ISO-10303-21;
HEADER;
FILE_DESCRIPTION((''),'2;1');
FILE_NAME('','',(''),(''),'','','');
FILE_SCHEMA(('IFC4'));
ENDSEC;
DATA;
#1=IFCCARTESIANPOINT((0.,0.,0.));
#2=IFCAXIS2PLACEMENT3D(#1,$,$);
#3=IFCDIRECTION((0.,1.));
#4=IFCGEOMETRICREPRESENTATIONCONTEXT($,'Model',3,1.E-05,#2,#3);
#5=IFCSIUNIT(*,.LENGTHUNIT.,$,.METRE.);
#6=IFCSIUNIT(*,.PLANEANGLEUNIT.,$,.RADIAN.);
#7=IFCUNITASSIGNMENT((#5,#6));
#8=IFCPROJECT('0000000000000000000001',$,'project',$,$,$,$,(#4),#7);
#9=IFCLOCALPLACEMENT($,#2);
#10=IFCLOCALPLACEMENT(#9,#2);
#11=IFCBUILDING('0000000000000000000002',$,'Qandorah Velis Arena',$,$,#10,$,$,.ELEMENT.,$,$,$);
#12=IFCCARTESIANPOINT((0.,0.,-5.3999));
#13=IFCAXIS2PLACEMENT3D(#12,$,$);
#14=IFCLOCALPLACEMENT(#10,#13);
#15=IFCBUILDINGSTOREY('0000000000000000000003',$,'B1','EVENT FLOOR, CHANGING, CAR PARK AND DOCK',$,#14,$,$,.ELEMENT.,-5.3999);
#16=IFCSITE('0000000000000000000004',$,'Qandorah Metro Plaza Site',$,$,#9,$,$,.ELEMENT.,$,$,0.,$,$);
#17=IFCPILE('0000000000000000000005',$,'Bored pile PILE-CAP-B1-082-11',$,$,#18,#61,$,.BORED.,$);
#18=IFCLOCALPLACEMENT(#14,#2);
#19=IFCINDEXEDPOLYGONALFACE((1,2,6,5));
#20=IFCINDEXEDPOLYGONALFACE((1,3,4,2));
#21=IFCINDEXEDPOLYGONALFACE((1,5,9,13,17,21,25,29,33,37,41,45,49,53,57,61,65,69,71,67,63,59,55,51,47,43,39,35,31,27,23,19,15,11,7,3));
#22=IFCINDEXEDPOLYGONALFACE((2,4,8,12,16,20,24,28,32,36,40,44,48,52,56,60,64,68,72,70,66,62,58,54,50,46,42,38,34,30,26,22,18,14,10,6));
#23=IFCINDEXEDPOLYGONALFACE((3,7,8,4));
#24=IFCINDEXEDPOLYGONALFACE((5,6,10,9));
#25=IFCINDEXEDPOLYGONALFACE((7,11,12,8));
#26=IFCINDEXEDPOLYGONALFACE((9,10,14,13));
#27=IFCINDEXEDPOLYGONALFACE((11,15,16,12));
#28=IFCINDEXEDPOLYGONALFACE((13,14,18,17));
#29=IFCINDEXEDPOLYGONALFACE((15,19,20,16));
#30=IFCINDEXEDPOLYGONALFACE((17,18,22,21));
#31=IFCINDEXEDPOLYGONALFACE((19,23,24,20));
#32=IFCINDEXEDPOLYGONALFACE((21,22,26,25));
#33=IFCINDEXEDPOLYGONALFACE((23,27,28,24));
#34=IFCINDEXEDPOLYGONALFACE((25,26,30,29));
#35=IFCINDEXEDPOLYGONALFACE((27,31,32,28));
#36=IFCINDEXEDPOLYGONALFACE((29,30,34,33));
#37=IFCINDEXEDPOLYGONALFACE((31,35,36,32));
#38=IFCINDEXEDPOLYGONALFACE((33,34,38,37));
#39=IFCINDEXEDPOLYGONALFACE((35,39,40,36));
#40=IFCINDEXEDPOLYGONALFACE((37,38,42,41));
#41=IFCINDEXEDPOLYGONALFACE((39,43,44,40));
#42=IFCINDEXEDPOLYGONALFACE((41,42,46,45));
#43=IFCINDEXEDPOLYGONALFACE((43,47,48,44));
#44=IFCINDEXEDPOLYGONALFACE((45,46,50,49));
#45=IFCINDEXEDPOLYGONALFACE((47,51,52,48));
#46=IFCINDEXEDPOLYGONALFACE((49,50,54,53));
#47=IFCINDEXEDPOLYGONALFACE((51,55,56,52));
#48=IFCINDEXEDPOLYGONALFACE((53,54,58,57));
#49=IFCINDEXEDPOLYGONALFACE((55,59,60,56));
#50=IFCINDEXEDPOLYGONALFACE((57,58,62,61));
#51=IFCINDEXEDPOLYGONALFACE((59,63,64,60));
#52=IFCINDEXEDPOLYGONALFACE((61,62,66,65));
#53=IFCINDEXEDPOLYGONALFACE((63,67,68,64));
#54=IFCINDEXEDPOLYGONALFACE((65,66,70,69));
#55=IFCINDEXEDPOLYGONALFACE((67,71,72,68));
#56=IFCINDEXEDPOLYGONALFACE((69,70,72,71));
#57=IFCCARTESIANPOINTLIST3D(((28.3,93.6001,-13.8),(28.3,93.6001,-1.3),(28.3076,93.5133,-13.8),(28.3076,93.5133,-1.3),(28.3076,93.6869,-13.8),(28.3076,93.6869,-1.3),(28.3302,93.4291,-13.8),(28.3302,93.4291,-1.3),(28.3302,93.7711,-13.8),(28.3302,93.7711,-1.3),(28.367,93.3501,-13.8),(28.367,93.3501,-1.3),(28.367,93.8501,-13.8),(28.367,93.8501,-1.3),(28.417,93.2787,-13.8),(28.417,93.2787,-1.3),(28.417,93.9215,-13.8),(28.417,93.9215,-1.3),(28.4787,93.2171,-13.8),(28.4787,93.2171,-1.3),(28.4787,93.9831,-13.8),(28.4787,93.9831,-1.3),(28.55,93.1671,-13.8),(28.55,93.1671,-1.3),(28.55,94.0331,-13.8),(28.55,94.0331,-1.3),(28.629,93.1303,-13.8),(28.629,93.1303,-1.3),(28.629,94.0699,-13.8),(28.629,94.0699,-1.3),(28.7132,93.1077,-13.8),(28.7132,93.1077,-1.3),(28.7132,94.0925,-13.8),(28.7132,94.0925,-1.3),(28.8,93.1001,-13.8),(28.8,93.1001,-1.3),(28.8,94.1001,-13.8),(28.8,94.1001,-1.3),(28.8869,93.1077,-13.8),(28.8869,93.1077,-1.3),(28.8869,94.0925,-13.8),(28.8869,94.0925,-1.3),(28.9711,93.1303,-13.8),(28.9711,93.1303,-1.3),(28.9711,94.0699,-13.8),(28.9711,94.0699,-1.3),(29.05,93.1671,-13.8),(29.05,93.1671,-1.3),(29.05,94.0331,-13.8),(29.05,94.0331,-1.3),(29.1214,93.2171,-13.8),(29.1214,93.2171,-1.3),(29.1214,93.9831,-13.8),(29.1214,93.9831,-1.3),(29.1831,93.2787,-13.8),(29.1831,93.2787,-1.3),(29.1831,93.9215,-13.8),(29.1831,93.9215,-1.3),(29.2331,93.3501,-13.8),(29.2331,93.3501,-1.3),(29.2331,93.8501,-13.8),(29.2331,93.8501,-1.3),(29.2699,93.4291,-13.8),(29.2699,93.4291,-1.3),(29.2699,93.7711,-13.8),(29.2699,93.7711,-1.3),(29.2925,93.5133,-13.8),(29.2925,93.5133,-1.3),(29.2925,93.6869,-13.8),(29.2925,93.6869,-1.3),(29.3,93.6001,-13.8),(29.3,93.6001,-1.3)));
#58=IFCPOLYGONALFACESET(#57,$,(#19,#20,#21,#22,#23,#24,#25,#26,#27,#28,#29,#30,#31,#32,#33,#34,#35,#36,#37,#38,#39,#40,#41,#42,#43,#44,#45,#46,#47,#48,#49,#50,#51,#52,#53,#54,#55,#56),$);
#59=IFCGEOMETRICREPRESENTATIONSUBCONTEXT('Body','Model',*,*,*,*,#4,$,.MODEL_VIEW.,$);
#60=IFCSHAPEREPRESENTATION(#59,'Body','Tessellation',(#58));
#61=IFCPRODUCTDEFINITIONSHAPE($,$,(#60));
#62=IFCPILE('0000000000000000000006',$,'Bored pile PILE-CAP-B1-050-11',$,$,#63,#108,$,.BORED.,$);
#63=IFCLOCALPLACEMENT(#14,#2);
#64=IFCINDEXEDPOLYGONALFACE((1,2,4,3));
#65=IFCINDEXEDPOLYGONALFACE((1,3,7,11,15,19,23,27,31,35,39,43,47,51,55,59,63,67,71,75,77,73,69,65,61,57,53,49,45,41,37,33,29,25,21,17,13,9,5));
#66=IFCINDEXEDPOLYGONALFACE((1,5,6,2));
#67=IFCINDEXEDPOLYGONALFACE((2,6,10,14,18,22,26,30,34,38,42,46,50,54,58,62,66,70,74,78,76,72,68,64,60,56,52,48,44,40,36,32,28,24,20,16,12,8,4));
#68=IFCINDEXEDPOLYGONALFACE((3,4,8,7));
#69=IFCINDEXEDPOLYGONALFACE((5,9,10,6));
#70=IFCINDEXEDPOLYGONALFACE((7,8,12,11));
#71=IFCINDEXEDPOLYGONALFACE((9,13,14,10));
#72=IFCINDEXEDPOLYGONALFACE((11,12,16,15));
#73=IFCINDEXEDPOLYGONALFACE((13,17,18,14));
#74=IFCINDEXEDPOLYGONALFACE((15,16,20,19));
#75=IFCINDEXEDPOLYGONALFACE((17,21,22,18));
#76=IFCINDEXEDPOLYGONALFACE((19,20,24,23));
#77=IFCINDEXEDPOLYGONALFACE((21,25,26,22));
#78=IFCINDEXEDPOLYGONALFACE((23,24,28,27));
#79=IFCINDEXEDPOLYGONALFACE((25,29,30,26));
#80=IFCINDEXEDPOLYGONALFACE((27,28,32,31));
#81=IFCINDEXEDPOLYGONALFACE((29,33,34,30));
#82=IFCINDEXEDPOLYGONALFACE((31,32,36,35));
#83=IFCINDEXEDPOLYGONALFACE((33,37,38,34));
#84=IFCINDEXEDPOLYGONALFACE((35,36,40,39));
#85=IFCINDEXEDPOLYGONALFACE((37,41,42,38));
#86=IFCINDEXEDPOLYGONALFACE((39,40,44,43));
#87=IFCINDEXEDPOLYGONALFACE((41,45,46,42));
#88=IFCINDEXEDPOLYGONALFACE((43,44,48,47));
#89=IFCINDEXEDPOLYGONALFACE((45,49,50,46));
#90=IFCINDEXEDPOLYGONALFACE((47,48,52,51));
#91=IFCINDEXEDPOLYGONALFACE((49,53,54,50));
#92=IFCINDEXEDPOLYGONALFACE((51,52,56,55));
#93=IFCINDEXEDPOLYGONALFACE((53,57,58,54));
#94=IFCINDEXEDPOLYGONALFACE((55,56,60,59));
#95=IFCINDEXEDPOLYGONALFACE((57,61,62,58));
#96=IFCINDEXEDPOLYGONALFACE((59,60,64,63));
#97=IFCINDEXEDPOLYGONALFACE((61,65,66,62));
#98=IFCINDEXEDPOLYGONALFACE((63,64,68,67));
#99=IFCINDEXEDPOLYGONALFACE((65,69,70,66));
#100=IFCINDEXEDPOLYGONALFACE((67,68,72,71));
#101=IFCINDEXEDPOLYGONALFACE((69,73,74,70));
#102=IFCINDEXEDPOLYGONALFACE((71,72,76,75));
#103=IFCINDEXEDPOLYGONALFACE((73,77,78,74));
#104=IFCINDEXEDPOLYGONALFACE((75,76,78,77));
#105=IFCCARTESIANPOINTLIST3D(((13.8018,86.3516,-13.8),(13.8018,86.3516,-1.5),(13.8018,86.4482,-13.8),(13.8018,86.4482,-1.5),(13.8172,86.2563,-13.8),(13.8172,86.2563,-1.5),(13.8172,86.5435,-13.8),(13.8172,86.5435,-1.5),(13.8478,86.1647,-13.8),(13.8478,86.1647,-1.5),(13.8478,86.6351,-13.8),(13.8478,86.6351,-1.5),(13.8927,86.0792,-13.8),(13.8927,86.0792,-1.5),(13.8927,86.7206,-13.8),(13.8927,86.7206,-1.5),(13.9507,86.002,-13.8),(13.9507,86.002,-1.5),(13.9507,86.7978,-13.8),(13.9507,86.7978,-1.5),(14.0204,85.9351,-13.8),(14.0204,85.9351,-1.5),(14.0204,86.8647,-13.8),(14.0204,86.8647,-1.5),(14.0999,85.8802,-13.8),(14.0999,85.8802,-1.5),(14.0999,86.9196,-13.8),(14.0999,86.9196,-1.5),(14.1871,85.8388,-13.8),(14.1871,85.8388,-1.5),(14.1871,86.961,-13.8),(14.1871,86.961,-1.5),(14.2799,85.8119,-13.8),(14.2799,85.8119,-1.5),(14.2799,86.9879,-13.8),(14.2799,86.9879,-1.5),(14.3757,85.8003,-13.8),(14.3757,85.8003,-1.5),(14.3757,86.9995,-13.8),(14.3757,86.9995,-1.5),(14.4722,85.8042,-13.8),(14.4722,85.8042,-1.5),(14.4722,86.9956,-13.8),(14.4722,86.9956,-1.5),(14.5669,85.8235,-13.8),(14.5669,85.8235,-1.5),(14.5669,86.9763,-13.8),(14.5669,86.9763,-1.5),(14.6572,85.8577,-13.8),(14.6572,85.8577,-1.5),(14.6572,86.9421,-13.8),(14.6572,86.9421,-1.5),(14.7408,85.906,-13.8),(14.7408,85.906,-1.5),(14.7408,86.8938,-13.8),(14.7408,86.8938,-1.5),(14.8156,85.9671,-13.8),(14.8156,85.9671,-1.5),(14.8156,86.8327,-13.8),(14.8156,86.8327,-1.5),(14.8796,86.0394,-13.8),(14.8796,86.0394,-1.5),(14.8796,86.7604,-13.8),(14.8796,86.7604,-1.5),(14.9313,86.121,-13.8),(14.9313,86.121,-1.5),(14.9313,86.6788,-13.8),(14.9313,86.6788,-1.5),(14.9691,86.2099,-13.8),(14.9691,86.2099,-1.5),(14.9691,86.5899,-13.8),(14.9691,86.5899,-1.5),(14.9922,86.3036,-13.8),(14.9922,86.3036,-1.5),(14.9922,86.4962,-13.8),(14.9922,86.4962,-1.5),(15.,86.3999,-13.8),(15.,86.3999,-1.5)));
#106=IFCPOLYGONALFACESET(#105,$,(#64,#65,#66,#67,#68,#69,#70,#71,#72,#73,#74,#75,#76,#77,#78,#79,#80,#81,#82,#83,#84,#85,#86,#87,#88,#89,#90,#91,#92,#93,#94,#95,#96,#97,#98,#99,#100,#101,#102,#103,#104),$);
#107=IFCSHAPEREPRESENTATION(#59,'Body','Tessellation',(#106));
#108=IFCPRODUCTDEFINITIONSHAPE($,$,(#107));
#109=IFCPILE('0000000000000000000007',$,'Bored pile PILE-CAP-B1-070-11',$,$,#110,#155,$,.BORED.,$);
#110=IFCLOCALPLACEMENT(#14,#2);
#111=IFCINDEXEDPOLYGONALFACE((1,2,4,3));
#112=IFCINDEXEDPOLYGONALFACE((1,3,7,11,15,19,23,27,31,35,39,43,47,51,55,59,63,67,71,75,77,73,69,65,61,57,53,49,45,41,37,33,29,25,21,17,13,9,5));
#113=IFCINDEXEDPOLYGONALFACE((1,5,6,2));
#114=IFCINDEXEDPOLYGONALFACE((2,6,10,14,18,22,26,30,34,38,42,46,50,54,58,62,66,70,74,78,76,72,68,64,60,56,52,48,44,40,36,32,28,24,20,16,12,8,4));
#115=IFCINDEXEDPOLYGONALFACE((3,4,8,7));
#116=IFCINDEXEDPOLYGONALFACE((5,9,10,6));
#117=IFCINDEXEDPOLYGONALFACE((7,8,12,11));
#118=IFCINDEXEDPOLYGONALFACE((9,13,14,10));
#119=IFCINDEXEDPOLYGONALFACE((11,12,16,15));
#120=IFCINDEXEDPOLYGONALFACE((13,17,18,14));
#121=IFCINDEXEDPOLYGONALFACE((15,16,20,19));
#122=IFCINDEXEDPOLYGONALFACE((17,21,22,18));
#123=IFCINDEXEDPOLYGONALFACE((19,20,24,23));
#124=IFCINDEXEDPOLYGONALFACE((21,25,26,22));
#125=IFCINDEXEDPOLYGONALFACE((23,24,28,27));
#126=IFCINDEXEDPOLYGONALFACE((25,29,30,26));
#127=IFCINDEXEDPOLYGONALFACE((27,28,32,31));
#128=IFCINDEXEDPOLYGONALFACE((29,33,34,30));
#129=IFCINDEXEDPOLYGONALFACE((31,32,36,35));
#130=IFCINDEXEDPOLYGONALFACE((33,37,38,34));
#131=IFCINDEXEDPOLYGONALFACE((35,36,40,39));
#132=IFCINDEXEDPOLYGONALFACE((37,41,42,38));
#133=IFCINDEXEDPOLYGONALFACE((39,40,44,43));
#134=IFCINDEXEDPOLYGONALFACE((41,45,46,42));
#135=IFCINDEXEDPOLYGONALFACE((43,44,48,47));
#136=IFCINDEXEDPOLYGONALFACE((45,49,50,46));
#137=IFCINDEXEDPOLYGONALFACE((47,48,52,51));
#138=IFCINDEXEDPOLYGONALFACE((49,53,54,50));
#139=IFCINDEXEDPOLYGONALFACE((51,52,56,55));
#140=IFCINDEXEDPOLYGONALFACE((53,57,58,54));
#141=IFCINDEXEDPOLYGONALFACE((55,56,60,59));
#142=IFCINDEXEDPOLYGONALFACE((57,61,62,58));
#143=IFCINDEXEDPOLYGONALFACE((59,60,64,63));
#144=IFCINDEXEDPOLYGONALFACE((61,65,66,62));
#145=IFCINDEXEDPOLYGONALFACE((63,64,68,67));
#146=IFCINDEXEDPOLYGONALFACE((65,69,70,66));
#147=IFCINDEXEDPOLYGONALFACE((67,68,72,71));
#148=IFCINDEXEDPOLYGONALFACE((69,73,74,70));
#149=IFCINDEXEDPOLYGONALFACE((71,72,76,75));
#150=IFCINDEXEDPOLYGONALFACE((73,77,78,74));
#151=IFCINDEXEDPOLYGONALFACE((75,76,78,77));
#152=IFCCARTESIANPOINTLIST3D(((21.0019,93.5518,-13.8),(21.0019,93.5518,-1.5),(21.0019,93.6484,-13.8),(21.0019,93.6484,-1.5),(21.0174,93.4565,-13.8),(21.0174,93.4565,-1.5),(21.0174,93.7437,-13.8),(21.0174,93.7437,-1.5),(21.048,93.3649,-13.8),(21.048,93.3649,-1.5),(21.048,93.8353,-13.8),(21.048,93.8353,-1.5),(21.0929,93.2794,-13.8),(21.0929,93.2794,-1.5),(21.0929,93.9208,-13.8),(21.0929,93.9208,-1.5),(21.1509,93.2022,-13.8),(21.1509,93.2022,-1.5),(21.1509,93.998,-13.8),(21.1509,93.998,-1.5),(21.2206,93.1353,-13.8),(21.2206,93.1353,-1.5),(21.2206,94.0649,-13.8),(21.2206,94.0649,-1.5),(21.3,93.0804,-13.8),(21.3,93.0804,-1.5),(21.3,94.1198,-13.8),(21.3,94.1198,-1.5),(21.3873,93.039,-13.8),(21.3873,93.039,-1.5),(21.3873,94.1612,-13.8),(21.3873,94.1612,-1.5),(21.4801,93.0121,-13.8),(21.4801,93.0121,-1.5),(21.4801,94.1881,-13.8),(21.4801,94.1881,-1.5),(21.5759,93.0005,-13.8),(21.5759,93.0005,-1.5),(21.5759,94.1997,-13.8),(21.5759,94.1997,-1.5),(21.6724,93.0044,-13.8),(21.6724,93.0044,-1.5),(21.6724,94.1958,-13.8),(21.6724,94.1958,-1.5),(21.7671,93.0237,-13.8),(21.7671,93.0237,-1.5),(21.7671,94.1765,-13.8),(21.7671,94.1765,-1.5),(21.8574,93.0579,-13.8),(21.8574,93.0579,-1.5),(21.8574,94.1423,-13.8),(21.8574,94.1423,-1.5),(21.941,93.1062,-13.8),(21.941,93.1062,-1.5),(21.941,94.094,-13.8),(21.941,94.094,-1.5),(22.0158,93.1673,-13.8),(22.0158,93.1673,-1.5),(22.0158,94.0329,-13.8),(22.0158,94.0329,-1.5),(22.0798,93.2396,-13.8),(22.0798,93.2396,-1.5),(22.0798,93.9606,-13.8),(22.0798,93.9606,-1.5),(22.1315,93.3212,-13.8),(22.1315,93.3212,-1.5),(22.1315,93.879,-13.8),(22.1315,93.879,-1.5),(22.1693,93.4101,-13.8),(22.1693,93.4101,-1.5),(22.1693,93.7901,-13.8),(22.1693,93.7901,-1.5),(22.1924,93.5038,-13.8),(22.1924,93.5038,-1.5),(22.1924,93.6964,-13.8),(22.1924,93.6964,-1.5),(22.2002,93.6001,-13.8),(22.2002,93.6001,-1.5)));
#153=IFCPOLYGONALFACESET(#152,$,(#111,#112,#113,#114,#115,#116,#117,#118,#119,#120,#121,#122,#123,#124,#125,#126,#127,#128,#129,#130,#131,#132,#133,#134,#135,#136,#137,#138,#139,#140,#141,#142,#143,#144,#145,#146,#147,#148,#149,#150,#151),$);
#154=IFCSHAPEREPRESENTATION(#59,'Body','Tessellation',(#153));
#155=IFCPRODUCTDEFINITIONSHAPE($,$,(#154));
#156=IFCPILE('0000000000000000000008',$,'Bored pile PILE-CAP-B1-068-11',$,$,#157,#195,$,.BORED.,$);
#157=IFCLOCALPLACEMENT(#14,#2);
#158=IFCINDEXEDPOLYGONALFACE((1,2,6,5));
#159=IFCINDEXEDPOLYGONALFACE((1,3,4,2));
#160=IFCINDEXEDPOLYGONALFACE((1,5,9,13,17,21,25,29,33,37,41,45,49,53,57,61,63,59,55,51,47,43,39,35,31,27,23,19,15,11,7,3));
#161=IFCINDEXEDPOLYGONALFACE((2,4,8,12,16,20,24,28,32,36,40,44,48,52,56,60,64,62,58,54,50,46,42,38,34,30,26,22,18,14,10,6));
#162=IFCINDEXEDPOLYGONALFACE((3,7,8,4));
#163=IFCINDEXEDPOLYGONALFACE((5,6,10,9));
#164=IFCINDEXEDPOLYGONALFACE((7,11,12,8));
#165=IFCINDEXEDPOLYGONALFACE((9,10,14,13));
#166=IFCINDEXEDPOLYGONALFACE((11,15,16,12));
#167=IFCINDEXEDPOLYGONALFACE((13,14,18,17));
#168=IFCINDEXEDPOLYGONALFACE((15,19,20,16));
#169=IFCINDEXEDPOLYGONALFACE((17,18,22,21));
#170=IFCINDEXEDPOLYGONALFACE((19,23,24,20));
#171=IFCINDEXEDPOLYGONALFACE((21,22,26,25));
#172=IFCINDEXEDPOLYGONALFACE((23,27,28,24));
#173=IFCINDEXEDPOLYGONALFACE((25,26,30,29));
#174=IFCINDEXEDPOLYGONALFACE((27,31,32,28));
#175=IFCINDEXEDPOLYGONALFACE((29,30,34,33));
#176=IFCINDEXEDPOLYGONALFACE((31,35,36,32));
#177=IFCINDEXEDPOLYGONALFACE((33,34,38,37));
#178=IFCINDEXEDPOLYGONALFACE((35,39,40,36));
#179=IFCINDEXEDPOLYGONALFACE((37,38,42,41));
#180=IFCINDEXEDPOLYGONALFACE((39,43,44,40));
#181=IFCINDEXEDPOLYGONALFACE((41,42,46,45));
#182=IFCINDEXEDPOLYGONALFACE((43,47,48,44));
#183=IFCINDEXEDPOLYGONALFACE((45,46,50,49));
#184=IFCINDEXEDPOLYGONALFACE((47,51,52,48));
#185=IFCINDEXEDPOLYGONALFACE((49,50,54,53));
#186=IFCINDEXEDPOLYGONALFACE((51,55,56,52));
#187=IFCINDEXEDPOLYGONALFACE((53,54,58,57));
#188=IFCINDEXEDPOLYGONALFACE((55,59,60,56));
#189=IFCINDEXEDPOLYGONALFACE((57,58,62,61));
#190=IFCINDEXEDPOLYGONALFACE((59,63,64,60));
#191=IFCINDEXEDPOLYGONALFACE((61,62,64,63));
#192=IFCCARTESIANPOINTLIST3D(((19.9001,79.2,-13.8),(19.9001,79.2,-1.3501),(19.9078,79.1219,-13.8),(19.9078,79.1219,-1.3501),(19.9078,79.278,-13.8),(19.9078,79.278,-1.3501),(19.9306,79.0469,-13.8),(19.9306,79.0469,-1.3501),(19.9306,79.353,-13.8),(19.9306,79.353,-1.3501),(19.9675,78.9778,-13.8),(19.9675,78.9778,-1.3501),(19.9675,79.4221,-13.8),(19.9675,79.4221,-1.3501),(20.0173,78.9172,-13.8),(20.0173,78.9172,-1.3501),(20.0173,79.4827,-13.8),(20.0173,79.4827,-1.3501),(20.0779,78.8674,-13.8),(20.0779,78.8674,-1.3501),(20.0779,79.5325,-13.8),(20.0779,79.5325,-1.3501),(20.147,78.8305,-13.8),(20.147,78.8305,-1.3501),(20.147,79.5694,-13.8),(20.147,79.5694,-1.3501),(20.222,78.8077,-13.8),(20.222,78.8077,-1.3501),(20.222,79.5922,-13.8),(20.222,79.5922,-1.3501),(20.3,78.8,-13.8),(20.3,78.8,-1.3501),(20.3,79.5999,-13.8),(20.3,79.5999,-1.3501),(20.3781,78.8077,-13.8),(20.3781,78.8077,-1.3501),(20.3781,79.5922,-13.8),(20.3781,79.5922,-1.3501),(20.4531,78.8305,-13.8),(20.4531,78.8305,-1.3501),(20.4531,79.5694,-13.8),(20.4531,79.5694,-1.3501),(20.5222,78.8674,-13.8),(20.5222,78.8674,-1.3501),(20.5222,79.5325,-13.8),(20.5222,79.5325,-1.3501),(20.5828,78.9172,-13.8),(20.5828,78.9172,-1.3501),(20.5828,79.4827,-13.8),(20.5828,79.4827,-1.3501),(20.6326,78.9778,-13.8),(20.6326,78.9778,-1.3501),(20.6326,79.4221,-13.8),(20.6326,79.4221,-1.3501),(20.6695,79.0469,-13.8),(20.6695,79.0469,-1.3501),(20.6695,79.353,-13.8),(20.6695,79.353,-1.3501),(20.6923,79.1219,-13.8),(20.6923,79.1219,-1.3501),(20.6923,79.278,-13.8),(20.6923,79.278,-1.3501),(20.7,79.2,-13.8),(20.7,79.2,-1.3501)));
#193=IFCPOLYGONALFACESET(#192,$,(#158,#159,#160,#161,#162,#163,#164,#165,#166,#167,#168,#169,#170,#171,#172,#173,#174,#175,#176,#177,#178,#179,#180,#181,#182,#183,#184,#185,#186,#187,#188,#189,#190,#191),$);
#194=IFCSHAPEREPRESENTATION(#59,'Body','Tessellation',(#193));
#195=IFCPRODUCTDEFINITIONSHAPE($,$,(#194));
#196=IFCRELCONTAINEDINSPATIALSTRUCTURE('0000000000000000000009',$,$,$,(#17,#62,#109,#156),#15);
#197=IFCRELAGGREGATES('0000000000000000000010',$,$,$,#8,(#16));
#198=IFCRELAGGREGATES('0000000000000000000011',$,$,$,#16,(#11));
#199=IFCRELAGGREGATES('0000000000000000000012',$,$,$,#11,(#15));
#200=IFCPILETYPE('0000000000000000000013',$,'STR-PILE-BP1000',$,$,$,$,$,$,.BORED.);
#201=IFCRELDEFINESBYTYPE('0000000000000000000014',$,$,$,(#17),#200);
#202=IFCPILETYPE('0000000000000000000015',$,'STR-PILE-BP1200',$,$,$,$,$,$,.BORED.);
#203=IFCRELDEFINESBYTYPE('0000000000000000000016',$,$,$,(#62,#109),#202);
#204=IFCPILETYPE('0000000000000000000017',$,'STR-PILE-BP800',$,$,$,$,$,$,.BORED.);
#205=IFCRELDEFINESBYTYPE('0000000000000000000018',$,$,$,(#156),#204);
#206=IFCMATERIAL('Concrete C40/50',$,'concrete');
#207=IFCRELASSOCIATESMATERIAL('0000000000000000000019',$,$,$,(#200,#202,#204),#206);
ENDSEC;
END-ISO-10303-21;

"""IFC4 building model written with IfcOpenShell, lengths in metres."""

from ifc_helpers import new_model, si_unit, direction, frame, origin, origin_2d, place, context, subcontext, project, spatial, circle, extrude, material, material_profile, profile_set, type_object, element, save


model = new_model("IFC4")

# Units and contexts
model_context = context("Model", 3, precision=1e-05, world=origin(), true_north=direction((0.0, 1.0)))
body_context = subcontext(model_context, "Body", "Model", "MODEL_VIEW")
ifc_project = project(units=[si_unit("LENGTHUNIT", "METRE"), si_unit("PLANEANGLEUNIT", "RADIAN")], contexts=[model_context])

# Site, building, storey
site_placement = place(None, origin())
site = spatial("IfcSite", under=ifc_project, at=site_placement, Name="Qandorah Metro Plaza Site", CompositionType="ELEMENT", RefElevation=0.0)
building_placement = place(site_placement, origin())
building = spatial("IfcBuilding", under=site, at=building_placement, Name="Qandorah Velis Arena", CompositionType="ELEMENT")
storey_placement = place(building_placement, frame((0.0, 0.0, -5.3999)))
storey = spatial("IfcBuildingStorey", under=building, at=storey_placement, Name="B1", Description="EVENT FLOOR, CHANGING, CAR PARK AND DOCK", CompositionType="ELEMENT", Elevation=-5.3999)

# Shared definitions
ifc_material = material(Name="Concrete C40/50", Category="concrete")

# Piles
ifc_material_profile_1 = material_profile(ifc_material, circle(Radius=0.5, at=origin_2d()), Name="BORED PILE D1000")
ifc_profile_set_1 = profile_set([ifc_material_profile_1], Name="Concrete C40/50")
pile_type_1 = type_object("IfcPileType", Name="STR-PILE-BP1000", PredefinedType="BORED", material=ifc_profile_set_1)
pile_1_placement = place(storey_placement, frame((28.8, 93.6001, -1.3), z_axis=(0.0, 0.0, -1.0), x_axis=(1.0, 0.0, 0.0)))
element("IfcPile", 1, at=pile_1_placement, inside=storey, type_object=pile_type_1, Name="Bored pile PILE-CAP-B1-082-11", PredefinedType="BORED", context=body_context, shape_type="SweptSolid", body=[
    extrude(circle(Radius=0.5, at=origin_2d()), origin(), (0.0, 0.0, 1.0), 12.5),
])
ifc_material_profile_2 = material_profile(ifc_material, circle(Radius=0.6001, at=origin_2d()), Name="BORED PILE D1200")
ifc_profile_set_2 = profile_set([ifc_material_profile_2], Name="Concrete C40/50")
pile_type_2 = type_object("IfcPileType", Name="STR-PILE-BP1200", PredefinedType="BORED", material=ifc_profile_set_2)
for number, where, z_axis, x_axis, name in (
    (2, (14.3999, 86.3999, -1.5), (0.0, 0.0, -1.0), (1.0, 0.0, 0.0), "Bored pile PILE-CAP-B1-050-11"),
    (3, (21.6001, 93.6001, -1.5), (0.0, 0.0, -1.0), (1.0, 0.0, 0.0), "Bored pile PILE-CAP-B1-070-11"),
):
    element("IfcPile", number, at=place(storey_placement, frame(where, z_axis=z_axis, x_axis=x_axis)), inside=storey, type_object=pile_type_2, Name=name, PredefinedType="BORED", context=body_context, shape_type="SweptSolid", body=[
        extrude(circle(Radius=0.6001, at=origin_2d()), origin(), (0.0, 0.0, 1.0), 12.3),
    ])
ifc_material_profile_3 = material_profile(ifc_material, circle(Radius=0.3999, at=origin_2d()), Name="BORED PILE D800")
ifc_profile_set_3 = profile_set([ifc_material_profile_3], Name="Concrete C40/50")
pile_type_3 = type_object("IfcPileType", Name="STR-PILE-BP800", PredefinedType="BORED", material=ifc_profile_set_3)
for number, where, z_axis, x_axis, name in (
    (4, (20.3, 79.2, -1.3501), (0.0, 0.0, -1.0), (1.0, 0.0, 0.0), "Bored pile PILE-CAP-B1-068-11"),
):
    element("IfcPile", number, at=place(storey_placement, frame(where, z_axis=z_axis, x_axis=x_axis)), inside=storey, type_object=pile_type_3, Name=name, PredefinedType="BORED", context=body_context, shape_type="SweptSolid", body=[
        extrude(circle(Radius=0.3999, at=origin_2d()), origin(), (0.0, 0.0, 1.0), 12.45),
    ])

save(model, "model.ifc")
